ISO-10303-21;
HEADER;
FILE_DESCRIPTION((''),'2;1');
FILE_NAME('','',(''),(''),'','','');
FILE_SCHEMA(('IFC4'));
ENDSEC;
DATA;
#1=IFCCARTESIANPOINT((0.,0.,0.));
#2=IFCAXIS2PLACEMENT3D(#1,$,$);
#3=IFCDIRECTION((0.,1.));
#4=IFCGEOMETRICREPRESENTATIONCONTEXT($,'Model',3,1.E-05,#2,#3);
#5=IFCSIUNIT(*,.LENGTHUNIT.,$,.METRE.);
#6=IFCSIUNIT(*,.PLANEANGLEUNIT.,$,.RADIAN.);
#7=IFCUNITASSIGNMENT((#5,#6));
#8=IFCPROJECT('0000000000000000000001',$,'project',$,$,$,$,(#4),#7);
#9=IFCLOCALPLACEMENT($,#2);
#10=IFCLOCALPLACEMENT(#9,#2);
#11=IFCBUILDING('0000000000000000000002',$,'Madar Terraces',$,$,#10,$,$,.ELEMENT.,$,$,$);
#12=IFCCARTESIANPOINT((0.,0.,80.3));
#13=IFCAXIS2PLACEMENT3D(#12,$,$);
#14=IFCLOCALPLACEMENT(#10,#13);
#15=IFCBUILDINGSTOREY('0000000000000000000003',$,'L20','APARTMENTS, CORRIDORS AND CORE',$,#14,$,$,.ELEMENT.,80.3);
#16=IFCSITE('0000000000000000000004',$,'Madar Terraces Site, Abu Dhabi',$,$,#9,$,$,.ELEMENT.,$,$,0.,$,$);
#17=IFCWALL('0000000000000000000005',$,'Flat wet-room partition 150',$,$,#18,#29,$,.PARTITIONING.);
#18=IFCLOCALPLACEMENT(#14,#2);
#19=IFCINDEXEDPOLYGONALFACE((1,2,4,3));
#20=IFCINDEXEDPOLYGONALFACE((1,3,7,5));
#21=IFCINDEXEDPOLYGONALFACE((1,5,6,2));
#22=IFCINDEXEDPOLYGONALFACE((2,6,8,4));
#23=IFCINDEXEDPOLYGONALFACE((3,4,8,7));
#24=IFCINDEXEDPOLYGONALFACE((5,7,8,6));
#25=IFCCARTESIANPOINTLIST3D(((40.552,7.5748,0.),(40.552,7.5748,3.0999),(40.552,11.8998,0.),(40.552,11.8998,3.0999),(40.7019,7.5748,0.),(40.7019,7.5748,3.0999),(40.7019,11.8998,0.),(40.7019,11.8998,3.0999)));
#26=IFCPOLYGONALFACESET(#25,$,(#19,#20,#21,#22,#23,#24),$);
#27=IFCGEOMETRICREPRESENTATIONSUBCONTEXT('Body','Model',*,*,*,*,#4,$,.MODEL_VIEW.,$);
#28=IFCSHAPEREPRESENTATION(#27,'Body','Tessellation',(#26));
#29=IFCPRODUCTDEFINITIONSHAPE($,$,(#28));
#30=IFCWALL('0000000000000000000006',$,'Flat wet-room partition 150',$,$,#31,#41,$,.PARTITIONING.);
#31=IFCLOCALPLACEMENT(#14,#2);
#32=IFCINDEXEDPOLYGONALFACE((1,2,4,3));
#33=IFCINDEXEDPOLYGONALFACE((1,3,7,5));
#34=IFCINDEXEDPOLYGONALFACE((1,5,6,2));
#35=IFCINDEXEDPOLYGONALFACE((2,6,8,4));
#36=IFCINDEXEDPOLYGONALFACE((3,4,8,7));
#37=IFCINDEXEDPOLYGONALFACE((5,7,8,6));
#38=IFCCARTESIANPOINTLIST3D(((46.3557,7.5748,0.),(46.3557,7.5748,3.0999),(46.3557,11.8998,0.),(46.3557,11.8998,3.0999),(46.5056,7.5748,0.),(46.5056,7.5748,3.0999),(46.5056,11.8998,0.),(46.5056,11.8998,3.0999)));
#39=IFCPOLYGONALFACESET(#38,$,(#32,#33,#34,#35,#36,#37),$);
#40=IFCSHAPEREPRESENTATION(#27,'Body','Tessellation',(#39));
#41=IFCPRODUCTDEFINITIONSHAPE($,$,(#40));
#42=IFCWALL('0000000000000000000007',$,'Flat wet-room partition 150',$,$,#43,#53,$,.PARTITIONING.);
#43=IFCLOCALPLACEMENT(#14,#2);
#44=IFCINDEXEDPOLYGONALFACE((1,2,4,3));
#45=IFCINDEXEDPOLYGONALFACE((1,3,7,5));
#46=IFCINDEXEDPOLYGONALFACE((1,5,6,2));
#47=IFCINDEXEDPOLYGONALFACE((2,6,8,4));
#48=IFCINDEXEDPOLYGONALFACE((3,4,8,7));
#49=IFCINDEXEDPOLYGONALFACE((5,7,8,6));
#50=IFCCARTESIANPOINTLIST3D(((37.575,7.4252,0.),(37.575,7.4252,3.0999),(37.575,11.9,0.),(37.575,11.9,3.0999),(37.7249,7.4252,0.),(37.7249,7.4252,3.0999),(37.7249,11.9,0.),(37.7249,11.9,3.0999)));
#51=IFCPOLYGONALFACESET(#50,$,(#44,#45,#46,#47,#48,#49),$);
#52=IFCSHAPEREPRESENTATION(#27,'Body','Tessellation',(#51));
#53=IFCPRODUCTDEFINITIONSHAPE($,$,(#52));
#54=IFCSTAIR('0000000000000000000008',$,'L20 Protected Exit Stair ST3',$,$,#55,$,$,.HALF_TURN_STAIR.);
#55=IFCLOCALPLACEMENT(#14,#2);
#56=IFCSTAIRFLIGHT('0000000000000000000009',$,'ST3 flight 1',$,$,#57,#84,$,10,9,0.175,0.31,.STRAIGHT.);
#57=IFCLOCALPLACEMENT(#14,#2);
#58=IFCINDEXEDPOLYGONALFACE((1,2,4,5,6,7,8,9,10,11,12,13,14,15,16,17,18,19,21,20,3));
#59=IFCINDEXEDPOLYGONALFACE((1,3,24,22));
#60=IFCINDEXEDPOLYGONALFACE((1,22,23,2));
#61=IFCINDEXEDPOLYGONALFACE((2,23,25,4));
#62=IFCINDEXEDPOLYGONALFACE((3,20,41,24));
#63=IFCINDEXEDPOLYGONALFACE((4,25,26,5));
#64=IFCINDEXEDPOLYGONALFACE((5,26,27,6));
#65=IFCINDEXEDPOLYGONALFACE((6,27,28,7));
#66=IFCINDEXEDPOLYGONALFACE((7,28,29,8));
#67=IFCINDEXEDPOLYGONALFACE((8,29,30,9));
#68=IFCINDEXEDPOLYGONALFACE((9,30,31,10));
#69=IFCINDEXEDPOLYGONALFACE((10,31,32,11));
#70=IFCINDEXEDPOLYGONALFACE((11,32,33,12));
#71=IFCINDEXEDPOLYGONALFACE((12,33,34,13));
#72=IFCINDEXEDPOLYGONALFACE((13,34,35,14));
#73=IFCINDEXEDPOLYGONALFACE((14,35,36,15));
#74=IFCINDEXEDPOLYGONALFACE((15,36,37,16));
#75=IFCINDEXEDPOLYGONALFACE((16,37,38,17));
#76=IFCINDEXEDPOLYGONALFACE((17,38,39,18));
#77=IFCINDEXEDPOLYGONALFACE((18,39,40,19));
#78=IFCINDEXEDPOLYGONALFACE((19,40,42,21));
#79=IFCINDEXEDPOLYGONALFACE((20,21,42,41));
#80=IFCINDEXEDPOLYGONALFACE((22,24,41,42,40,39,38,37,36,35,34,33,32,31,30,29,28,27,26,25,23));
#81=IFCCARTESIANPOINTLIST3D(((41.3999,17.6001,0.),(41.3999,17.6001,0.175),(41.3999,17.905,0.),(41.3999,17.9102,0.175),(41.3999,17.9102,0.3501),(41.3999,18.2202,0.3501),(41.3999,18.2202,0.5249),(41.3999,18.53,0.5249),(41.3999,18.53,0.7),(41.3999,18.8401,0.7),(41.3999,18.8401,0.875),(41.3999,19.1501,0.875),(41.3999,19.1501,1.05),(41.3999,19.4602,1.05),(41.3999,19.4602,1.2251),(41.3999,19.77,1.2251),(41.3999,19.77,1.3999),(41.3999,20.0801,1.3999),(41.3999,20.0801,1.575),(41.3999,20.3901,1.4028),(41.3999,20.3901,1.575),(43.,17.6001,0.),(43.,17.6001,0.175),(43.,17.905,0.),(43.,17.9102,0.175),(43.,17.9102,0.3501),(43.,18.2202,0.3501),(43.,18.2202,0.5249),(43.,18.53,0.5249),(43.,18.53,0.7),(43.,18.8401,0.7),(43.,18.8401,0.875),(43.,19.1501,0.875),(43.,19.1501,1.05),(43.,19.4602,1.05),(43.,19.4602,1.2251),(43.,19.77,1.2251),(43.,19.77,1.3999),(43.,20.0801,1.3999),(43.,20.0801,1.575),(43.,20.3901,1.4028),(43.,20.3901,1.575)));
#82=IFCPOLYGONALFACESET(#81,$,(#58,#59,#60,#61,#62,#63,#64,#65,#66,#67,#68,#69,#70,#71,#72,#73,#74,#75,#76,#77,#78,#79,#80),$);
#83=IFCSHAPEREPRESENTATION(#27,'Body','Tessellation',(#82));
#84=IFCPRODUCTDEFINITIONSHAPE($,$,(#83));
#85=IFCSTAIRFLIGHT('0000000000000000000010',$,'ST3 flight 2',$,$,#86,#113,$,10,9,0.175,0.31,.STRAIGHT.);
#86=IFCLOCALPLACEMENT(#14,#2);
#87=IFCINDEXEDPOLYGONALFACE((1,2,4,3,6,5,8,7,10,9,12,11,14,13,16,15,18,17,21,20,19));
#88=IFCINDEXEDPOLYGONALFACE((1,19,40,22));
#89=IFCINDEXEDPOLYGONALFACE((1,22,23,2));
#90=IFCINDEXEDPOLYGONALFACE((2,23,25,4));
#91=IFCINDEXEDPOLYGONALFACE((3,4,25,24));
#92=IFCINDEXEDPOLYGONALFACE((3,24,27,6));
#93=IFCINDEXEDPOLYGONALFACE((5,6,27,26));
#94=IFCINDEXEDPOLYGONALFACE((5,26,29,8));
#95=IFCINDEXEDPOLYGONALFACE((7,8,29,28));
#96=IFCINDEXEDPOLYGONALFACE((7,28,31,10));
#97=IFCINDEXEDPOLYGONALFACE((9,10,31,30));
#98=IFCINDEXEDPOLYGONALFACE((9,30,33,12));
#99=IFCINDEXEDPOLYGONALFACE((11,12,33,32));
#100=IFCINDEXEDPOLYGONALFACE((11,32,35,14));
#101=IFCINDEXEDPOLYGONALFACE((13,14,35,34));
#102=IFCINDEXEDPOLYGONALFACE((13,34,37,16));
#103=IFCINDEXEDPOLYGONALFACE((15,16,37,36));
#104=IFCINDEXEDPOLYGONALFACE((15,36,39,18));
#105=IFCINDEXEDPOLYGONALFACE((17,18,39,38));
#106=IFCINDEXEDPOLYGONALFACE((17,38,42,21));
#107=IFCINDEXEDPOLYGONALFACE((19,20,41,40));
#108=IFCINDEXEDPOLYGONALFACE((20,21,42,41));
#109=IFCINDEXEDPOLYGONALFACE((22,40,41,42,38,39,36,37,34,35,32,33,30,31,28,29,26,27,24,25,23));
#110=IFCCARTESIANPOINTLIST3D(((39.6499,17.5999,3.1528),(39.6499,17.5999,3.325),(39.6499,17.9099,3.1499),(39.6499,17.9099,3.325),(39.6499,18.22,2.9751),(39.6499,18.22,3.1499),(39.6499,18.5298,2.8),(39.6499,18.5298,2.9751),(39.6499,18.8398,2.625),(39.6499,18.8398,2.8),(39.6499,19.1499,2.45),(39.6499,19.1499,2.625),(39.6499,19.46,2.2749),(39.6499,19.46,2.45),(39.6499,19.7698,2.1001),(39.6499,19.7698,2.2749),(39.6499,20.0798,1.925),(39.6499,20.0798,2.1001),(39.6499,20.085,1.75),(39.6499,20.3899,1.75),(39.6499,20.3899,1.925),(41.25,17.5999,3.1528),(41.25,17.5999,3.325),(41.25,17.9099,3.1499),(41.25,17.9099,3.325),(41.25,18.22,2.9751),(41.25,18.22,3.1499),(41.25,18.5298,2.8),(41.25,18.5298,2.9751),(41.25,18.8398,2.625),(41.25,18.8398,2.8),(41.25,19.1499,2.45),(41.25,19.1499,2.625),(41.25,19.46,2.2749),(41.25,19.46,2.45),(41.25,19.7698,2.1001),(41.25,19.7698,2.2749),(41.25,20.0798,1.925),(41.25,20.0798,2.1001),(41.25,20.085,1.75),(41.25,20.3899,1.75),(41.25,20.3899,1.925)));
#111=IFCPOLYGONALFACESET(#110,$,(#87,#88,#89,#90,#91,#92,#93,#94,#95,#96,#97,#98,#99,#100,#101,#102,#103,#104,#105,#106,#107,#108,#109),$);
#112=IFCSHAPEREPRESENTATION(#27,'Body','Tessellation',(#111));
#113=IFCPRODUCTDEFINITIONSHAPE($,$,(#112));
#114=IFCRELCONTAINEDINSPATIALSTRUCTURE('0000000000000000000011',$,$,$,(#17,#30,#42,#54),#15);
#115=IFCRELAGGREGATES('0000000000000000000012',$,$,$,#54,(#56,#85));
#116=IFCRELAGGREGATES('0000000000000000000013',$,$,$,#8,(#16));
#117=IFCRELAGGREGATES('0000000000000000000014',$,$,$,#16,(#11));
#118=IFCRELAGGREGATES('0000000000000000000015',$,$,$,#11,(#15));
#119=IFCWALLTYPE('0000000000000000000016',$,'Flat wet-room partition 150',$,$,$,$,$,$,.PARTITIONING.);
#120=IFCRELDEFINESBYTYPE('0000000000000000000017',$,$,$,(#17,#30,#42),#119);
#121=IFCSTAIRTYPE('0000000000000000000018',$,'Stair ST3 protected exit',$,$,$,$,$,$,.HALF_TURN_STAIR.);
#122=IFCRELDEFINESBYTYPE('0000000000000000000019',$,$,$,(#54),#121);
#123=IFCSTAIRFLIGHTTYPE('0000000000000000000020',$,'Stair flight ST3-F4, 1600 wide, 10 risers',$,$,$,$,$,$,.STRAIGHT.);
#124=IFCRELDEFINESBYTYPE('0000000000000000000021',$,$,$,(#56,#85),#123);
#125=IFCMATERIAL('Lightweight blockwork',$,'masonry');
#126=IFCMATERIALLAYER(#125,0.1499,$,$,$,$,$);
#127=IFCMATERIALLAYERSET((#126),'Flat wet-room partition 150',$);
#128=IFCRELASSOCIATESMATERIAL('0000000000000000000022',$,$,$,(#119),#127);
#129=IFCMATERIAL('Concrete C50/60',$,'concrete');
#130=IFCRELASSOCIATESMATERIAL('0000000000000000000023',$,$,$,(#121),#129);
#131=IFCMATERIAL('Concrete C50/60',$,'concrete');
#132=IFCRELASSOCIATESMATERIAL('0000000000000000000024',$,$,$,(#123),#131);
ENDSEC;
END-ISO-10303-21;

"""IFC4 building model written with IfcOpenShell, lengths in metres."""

from ifc_helpers import new_model, si_unit, direction, frame, frame_2d, origin, place, context, subcontext, project, spatial, polyline, rectangle, outline, extrude, material, layer, layer_set, type_object, element, aggregate, save


model = new_model("IFC4")

# Units and contexts
model_context = context("Model", 3, precision=1e-05, world=origin(), true_north=direction((0.0, 1.0)))
body_context = subcontext(model_context, "Body", "Model", "MODEL_VIEW")
ifc_project = project(units=[si_unit("LENGTHUNIT", "METRE"), si_unit("PLANEANGLEUNIT", "RADIAN")], contexts=[model_context])

# Site, building, storey
site_placement = place(None, origin())
site = spatial("IfcSite", under=ifc_project, at=site_placement, Name="Madar Terraces Site, Abu Dhabi", CompositionType="ELEMENT", RefElevation=0.0)
building_placement = place(site_placement, origin())
building = spatial("IfcBuilding", under=site, at=building_placement, Name="Madar Terraces", CompositionType="ELEMENT")
storey_placement = place(building_placement, frame((0.0, 0.0, 80.3)))
storey = spatial("IfcBuildingStorey", under=building, at=storey_placement, Name="L20", Description="APARTMENTS, CORRIDORS AND CORE", CompositionType="ELEMENT", Elevation=80.3)

# Walls
ifc_material_1 = material(Name="Lightweight blockwork", Category="masonry")
ifc_layer_1 = layer(ifc_material_1, 0.1499)
ifc_layer_set_1 = layer_set([ifc_layer_1], Name="Flat wet-room partition 150")
wall_type_1 = type_object("IfcWallType", Name="Flat wet-room partition 150", PredefinedType="PARTITIONING", material=ifc_layer_set_1)
for number, where, z_axis, x_axis, name in (
    (1, (40.627, 11.8999, 0.0), (0.0, 0.0, 1.0), (0.0, -1.0, 0.0), "Flat wet-room partition 150"),
    (2, (46.4307, 11.8999, 0.0), (0.0, 0.0, 1.0), (0.0, -1.0, 0.0), "Flat wet-room partition 150"),
):
    element("IfcWall", number, at=place(storey_placement, frame(where, z_axis=z_axis, x_axis=x_axis)), inside=storey, type_object=wall_type_1, Name=name, PredefinedType="PARTITIONING", context=body_context, shape_type="SweptSolid", body=[
        extrude(rectangle(XDim=4.325, YDim=0.1499, at=frame_2d((2.1626, 0.0))), origin(), (0.0, 0.0, 1.0), 3.0999),
    ])
wall_1_placement = place(storey_placement, frame((37.6499, 11.8999, 0.0), z_axis=(0.0, 0.0, 1.0), x_axis=(0.0, -1.0, 0.0)))
element("IfcWall", 3, at=wall_1_placement, inside=storey, type_object=wall_type_1, Name="Flat wet-room partition 150", PredefinedType="PARTITIONING", context=body_context, shape_type="SweptSolid", body=[
    extrude(rectangle(XDim=4.4749, YDim=0.1499, at=frame_2d((2.2373, 0.0))), origin(), (0.0, 0.0, 1.0), 3.0999),
])

# Stair, stair flights
ifc_material_2 = material(Name="Concrete C50/60", Category="concrete")
stair_type = type_object("IfcStairType", Name="Stair ST3 protected exit", PredefinedType="HALF_TURN_STAIR", material=ifc_material_2)
stair_placement = place(storey_placement, origin())
stair = element("IfcStair", 4, at=stair_placement, inside=storey, type_object=stair_type, Name="L20 Protected Exit Stair ST3", PredefinedType="HALF_TURN_STAIR")
ifc_material_3 = material(Name="Concrete C50/60", Category="concrete")
stair_flight_type = type_object("IfcStairFlightType", Name="Stair flight ST3-F4, 1600 wide, 10 risers", PredefinedType="STRAIGHT", material=ifc_material_3)
stair_flight_1_placement = place(storey_placement, frame((42.2, 17.6001, 0.0), z_axis=(0.0, 0.0, 1.0), x_axis=(0.0, 1.0, 0.0)))
stair_flight_1 = element("IfcStairFlight", 5, at=stair_flight_1_placement, type_object=stair_flight_type, Name="ST3 flight 1", NumberOfRisers=10, NumberOfTreads=9, PredefinedType="STRAIGHT", RiserHeight=0.175, TreadLength=0.31, context=body_context, shape_type="SweptSolid", body=[
    extrude(outline(polyline([(0.0, 0.0), (0.0, 0.175), (0.3101, 0.175), (0.3101, 0.3501), (0.6201, 0.3501), (0.6201, 0.5249), (0.9299, 0.5249), (0.9299, 0.7), (1.24, 0.7), (1.24, 0.875), (1.55, 0.875), (1.55, 1.05), (1.8601, 1.05), (1.8601, 1.2251), (2.1699, 1.2251), (2.1699, 1.3999), (2.48, 1.3999), (2.48, 1.575), (2.79, 1.575), (2.79, 1.75), (2.79, 1.4028), (0.3049, 0.0), (0.0, 0.0)])), frame((0.0, 0.8, 0.0), z_axis=(0.0, -1.0, 0.0), x_axis=(1.0, 0.0, 0.0)), (0.0, 0.0, 1.0), 1.6001),
])
stair_flight_2_placement = place(storey_placement, frame((40.45, 20.3899, 1.75), z_axis=(0.0, 0.0, 1.0), x_axis=(0.0, -1.0, 0.0)))
stair_flight_2 = element("IfcStairFlight", 6, at=stair_flight_2_placement, type_object=stair_flight_type, Name="ST3 flight 2", NumberOfRisers=10, NumberOfTreads=9, PredefinedType="STRAIGHT", RiserHeight=0.175, TreadLength=0.31, context=body_context, shape_type="SweptSolid", body=[
    extrude(outline(polyline([(0.0, 0.0), (0.0, 0.175), (0.3101, 0.175), (0.3101, 0.3501), (0.6201, 0.3501), (0.6201, 0.5249), (0.9299, 0.5249), (0.9299, 0.7), (1.24, 0.7), (1.24, 0.875), (1.55, 0.875), (1.55, 1.05), (1.8601, 1.05), (1.8601, 1.2251), (2.1699, 1.2251), (2.1699, 1.3999), (2.48, 1.3999), (2.48, 1.575), (2.79, 1.575), (2.79, 1.75), (2.79, 1.4028), (0.3049, 0.0), (0.0, 0.0)])), frame((0.0, 0.8, 0.0), z_axis=(0.0, -1.0, 0.0), x_axis=(1.0, 0.0, 0.0)), (0.0, 0.0, 1.0), 1.6001),
])
aggregate(stair, [stair_flight_1, stair_flight_2])

save(model, "model.ifc")
